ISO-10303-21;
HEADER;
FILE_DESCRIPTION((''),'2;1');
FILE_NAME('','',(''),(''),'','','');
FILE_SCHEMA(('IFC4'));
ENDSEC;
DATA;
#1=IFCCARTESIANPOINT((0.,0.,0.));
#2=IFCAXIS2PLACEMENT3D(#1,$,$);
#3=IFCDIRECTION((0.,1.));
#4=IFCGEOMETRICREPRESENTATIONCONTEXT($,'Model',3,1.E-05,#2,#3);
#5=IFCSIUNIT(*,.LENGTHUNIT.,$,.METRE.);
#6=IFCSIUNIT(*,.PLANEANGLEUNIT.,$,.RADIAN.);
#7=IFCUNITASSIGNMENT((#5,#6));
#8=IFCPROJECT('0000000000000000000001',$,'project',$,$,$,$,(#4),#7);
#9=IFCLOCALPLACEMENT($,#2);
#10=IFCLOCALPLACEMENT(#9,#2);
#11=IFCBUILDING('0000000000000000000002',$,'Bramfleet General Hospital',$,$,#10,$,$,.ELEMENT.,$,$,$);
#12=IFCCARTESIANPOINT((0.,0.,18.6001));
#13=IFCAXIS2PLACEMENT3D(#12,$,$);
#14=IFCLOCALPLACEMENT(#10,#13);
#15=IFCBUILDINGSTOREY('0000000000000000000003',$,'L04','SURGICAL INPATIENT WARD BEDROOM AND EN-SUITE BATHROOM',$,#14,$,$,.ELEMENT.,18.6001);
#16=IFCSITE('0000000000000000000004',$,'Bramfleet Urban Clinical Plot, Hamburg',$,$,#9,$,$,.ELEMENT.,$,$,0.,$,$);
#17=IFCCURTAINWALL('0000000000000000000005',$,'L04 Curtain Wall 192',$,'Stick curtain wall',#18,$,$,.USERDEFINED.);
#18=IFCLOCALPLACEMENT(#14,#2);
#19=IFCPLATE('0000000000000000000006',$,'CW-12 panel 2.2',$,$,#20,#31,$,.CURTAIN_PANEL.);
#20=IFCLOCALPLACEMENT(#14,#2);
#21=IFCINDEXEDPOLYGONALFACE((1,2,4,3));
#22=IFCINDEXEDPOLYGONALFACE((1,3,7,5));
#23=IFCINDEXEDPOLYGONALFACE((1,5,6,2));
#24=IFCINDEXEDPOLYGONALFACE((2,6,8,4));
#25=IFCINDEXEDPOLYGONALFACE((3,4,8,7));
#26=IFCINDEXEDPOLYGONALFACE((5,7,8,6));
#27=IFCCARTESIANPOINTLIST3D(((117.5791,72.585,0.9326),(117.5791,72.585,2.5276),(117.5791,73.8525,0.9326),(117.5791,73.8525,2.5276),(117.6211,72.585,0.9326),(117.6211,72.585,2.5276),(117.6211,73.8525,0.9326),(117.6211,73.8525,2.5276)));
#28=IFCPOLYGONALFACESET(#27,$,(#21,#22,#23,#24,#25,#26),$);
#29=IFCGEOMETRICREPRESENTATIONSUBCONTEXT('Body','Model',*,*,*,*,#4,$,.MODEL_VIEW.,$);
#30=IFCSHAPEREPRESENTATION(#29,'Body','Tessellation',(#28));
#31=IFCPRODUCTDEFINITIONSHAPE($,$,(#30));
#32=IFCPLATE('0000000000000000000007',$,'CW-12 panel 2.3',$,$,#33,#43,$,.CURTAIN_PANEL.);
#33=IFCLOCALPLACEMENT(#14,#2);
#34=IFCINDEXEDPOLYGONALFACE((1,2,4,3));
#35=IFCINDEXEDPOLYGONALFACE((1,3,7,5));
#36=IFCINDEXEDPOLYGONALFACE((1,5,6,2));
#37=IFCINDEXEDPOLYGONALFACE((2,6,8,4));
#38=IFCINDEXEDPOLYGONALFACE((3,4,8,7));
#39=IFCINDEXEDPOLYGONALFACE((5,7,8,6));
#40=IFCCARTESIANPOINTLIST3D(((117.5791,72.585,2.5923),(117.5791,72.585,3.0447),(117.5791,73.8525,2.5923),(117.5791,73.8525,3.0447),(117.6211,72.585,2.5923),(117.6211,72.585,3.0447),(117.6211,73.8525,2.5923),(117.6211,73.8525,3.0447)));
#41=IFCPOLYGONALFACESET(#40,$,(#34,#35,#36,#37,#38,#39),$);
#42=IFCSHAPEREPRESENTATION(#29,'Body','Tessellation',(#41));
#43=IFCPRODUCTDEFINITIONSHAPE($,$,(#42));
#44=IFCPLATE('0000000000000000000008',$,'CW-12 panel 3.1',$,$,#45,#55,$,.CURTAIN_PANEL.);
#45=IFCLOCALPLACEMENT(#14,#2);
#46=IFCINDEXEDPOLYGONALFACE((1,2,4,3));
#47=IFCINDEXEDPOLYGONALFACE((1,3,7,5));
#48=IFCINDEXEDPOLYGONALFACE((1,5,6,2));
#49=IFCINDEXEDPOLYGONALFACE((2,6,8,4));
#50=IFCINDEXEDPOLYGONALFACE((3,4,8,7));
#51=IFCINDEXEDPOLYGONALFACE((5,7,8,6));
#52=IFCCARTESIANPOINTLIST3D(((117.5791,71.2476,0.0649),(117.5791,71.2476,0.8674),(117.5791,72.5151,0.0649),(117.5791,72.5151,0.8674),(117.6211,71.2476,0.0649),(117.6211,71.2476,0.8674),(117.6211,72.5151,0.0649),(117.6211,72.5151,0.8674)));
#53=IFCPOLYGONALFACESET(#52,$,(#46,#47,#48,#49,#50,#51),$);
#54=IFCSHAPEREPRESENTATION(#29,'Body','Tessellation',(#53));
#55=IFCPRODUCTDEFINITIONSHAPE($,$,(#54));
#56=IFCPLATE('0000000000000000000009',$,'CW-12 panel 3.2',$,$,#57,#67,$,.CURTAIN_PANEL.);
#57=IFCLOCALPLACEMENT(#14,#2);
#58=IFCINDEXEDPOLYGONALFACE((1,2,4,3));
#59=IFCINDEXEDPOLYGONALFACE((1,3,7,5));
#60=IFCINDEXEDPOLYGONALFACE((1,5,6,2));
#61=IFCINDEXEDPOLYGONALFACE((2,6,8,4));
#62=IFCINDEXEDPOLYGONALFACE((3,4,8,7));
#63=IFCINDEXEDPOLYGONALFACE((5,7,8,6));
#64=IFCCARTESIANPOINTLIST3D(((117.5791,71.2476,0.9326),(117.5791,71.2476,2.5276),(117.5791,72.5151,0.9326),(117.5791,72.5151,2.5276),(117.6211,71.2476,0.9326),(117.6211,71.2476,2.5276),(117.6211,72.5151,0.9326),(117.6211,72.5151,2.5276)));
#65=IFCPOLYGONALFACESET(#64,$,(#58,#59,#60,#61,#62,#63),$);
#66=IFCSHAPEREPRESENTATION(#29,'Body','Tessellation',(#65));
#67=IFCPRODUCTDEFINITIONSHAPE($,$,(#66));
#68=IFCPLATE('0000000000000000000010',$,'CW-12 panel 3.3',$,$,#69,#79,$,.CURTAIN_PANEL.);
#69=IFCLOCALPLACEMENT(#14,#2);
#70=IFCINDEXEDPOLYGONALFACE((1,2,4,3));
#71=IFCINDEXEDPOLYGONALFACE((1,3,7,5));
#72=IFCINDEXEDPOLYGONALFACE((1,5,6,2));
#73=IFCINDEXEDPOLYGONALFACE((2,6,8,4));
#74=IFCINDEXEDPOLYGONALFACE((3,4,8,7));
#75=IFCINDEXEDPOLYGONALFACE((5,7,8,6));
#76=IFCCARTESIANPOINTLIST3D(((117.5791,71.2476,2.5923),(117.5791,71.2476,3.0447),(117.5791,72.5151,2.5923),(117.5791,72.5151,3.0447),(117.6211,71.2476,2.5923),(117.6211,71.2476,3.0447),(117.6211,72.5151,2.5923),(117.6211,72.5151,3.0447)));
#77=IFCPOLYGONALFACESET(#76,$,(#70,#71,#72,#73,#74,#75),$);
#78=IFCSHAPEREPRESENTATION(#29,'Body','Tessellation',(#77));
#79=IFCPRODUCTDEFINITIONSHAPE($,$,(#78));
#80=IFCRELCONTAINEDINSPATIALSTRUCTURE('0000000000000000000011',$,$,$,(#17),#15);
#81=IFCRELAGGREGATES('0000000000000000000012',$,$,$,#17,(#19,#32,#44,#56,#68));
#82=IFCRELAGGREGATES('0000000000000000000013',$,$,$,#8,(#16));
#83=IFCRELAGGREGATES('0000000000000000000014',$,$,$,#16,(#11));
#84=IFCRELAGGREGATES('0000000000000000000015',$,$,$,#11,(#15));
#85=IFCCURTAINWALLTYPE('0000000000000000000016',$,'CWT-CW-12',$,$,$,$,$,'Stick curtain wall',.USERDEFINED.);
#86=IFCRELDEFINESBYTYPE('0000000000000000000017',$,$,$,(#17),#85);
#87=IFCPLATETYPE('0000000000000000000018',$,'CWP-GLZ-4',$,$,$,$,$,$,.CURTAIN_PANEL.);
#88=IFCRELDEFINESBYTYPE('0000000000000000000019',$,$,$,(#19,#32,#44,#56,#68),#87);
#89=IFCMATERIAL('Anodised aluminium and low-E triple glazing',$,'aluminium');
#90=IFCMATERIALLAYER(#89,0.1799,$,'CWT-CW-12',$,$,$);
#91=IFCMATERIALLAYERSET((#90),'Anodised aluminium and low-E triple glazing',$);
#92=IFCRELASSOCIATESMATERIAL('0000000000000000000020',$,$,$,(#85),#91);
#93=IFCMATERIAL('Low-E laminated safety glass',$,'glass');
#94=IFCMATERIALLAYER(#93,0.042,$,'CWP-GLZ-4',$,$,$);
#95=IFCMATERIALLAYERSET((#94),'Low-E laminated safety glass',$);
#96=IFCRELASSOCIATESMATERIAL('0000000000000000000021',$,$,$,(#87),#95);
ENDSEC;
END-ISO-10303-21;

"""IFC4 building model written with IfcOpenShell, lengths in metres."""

from ifc_helpers import new_model, si_unit, direction, frame, origin, origin_2d, place, context, subcontext, project, spatial, rectangle, extrude, material, layer, layer_set, type_object, element, aggregate, save


model = new_model("IFC4")

# Units and contexts
model_context = context("Model", 3, precision=1e-05, world=origin(), true_north=direction((0.0, 1.0)))
body_context = subcontext(model_context, "Body", "Model", "MODEL_VIEW")
ifc_project = project(units=[si_unit("LENGTHUNIT", "METRE"), si_unit("PLANEANGLEUNIT", "RADIAN")], contexts=[model_context])

# Site, building, storey
site_placement = place(None, origin())
site = spatial("IfcSite", under=ifc_project, at=site_placement, Name="Bramfleet Urban Clinical Plot, Hamburg", CompositionType="ELEMENT", RefElevation=0.0)
building_placement = place(site_placement, origin())
building = spatial("IfcBuilding", under=site, at=building_placement, Name="Bramfleet General Hospital", CompositionType="ELEMENT")
storey_placement = place(building_placement, frame((0.0, 0.0, 18.6001)))
storey = spatial("IfcBuildingStorey", under=building, at=storey_placement, Name="L04", Description="SURGICAL INPATIENT WARD BEDROOM AND EN-SUITE BATHROOM", CompositionType="ELEMENT", Elevation=18.6001)

# Curtain wall, plates
ifc_material_1 = material(Name="Anodised aluminium and low-E triple glazing", Category="aluminium")
ifc_layer_1 = layer(ifc_material_1, 0.1799, Name="CWT-CW-12")
ifc_layer_set_1 = layer_set([ifc_layer_1], Name="Anodised aluminium and low-E triple glazing")
curtain_wall_type = type_object("IfcCurtainWallType", Name="CWT-CW-12", ElementType="Stick curtain wall", PredefinedType="USERDEFINED", material=ifc_layer_set_1)
curtain_wall_placement = place(storey_placement, origin())
curtain_wall = element("IfcCurtainWall", 1, at=curtain_wall_placement, inside=storey, type_object=curtain_wall_type, Name="L04 Curtain Wall 192", ObjectType="Stick curtain wall", PredefinedType="USERDEFINED")
ifc_material_2 = material(Name="Low-E laminated safety glass", Category="glass")
ifc_layer_2 = layer(ifc_material_2, 0.042, Name="CWP-GLZ-4")
ifc_layer_set_2 = layer_set([ifc_layer_2], Name="Low-E laminated safety glass")
plate_type = type_object("IfcPlateType", Name="CWP-GLZ-4", PredefinedType="CURTAIN_PANEL", material=ifc_layer_set_2)
plate_1_placement = place(storey_placement, frame((117.6001, 73.2188, 0.9326), z_axis=(0.0, 0.0, 1.0), x_axis=(0.0, -1.0, 0.0)))
plate_1 = element("IfcPlate", 2, at=plate_1_placement, type_object=plate_type, Name="CW-12 panel 2.2", PredefinedType="CURTAIN_PANEL", context=body_context, shape_type="SweptSolid", body=[
    extrude(rectangle(XDim=1.2676, YDim=0.042, at=origin_2d()), origin(), (0.0, 0.0, 1.0), 1.595),
])
plate_2_placement = place(storey_placement, frame((117.6001, 73.2188, 2.5923), z_axis=(0.0, 0.0, 1.0), x_axis=(0.0, -1.0, 0.0)))
plate_2 = element("IfcPlate", 3, at=plate_2_placement, type_object=plate_type, Name="CW-12 panel 2.3", PredefinedType="CURTAIN_PANEL", context=body_context, shape_type="SweptSolid", body=[
    extrude(rectangle(XDim=1.2676, YDim=0.042, at=origin_2d()), origin(), (0.0, 0.0, 1.0), 0.4524),
])
plate_3_placement = place(storey_placement, frame((117.6001, 71.8813, 0.0649), z_axis=(0.0, 0.0, 1.0), x_axis=(0.0, -1.0, 0.0)))
plate_3 = element("IfcPlate", 4, at=plate_3_placement, type_object=plate_type, Name="CW-12 panel 3.1", PredefinedType="CURTAIN_PANEL", context=body_context, shape_type="SweptSolid", body=[
    extrude(rectangle(XDim=1.2676, YDim=0.042, at=origin_2d()), origin(), (0.0, 0.0, 1.0), 0.8025),
])
plate_4_placement = place(storey_placement, frame((117.6001, 71.8813, 0.9326), z_axis=(0.0, 0.0, 1.0), x_axis=(0.0, -1.0, 0.0)))
plate_4 = element("IfcPlate", 5, at=plate_4_placement, type_object=plate_type, Name="CW-12 panel 3.2", PredefinedType="CURTAIN_PANEL", context=body_context, shape_type="SweptSolid", body=[
    extrude(rectangle(XDim=1.2676, YDim=0.042, at=origin_2d()), origin(), (0.0, 0.0, 1.0), 1.595),
])
plate_5_placement = place(storey_placement, frame((117.6001, 71.8813, 2.5923), z_axis=(0.0, 0.0, 1.0), x_axis=(0.0, -1.0, 0.0)))
plate_5 = element("IfcPlate", 6, at=plate_5_placement, type_object=plate_type, Name="CW-12 panel 3.3", PredefinedType="CURTAIN_PANEL", context=body_context, shape_type="SweptSolid", body=[
    extrude(rectangle(XDim=1.2676, YDim=0.042, at=origin_2d()), origin(), (0.0, 0.0, 1.0), 0.4524),
])
aggregate(curtain_wall, [plate_1, plate_2, plate_3, plate_4, plate_5])

save(model, "model.ifc")
